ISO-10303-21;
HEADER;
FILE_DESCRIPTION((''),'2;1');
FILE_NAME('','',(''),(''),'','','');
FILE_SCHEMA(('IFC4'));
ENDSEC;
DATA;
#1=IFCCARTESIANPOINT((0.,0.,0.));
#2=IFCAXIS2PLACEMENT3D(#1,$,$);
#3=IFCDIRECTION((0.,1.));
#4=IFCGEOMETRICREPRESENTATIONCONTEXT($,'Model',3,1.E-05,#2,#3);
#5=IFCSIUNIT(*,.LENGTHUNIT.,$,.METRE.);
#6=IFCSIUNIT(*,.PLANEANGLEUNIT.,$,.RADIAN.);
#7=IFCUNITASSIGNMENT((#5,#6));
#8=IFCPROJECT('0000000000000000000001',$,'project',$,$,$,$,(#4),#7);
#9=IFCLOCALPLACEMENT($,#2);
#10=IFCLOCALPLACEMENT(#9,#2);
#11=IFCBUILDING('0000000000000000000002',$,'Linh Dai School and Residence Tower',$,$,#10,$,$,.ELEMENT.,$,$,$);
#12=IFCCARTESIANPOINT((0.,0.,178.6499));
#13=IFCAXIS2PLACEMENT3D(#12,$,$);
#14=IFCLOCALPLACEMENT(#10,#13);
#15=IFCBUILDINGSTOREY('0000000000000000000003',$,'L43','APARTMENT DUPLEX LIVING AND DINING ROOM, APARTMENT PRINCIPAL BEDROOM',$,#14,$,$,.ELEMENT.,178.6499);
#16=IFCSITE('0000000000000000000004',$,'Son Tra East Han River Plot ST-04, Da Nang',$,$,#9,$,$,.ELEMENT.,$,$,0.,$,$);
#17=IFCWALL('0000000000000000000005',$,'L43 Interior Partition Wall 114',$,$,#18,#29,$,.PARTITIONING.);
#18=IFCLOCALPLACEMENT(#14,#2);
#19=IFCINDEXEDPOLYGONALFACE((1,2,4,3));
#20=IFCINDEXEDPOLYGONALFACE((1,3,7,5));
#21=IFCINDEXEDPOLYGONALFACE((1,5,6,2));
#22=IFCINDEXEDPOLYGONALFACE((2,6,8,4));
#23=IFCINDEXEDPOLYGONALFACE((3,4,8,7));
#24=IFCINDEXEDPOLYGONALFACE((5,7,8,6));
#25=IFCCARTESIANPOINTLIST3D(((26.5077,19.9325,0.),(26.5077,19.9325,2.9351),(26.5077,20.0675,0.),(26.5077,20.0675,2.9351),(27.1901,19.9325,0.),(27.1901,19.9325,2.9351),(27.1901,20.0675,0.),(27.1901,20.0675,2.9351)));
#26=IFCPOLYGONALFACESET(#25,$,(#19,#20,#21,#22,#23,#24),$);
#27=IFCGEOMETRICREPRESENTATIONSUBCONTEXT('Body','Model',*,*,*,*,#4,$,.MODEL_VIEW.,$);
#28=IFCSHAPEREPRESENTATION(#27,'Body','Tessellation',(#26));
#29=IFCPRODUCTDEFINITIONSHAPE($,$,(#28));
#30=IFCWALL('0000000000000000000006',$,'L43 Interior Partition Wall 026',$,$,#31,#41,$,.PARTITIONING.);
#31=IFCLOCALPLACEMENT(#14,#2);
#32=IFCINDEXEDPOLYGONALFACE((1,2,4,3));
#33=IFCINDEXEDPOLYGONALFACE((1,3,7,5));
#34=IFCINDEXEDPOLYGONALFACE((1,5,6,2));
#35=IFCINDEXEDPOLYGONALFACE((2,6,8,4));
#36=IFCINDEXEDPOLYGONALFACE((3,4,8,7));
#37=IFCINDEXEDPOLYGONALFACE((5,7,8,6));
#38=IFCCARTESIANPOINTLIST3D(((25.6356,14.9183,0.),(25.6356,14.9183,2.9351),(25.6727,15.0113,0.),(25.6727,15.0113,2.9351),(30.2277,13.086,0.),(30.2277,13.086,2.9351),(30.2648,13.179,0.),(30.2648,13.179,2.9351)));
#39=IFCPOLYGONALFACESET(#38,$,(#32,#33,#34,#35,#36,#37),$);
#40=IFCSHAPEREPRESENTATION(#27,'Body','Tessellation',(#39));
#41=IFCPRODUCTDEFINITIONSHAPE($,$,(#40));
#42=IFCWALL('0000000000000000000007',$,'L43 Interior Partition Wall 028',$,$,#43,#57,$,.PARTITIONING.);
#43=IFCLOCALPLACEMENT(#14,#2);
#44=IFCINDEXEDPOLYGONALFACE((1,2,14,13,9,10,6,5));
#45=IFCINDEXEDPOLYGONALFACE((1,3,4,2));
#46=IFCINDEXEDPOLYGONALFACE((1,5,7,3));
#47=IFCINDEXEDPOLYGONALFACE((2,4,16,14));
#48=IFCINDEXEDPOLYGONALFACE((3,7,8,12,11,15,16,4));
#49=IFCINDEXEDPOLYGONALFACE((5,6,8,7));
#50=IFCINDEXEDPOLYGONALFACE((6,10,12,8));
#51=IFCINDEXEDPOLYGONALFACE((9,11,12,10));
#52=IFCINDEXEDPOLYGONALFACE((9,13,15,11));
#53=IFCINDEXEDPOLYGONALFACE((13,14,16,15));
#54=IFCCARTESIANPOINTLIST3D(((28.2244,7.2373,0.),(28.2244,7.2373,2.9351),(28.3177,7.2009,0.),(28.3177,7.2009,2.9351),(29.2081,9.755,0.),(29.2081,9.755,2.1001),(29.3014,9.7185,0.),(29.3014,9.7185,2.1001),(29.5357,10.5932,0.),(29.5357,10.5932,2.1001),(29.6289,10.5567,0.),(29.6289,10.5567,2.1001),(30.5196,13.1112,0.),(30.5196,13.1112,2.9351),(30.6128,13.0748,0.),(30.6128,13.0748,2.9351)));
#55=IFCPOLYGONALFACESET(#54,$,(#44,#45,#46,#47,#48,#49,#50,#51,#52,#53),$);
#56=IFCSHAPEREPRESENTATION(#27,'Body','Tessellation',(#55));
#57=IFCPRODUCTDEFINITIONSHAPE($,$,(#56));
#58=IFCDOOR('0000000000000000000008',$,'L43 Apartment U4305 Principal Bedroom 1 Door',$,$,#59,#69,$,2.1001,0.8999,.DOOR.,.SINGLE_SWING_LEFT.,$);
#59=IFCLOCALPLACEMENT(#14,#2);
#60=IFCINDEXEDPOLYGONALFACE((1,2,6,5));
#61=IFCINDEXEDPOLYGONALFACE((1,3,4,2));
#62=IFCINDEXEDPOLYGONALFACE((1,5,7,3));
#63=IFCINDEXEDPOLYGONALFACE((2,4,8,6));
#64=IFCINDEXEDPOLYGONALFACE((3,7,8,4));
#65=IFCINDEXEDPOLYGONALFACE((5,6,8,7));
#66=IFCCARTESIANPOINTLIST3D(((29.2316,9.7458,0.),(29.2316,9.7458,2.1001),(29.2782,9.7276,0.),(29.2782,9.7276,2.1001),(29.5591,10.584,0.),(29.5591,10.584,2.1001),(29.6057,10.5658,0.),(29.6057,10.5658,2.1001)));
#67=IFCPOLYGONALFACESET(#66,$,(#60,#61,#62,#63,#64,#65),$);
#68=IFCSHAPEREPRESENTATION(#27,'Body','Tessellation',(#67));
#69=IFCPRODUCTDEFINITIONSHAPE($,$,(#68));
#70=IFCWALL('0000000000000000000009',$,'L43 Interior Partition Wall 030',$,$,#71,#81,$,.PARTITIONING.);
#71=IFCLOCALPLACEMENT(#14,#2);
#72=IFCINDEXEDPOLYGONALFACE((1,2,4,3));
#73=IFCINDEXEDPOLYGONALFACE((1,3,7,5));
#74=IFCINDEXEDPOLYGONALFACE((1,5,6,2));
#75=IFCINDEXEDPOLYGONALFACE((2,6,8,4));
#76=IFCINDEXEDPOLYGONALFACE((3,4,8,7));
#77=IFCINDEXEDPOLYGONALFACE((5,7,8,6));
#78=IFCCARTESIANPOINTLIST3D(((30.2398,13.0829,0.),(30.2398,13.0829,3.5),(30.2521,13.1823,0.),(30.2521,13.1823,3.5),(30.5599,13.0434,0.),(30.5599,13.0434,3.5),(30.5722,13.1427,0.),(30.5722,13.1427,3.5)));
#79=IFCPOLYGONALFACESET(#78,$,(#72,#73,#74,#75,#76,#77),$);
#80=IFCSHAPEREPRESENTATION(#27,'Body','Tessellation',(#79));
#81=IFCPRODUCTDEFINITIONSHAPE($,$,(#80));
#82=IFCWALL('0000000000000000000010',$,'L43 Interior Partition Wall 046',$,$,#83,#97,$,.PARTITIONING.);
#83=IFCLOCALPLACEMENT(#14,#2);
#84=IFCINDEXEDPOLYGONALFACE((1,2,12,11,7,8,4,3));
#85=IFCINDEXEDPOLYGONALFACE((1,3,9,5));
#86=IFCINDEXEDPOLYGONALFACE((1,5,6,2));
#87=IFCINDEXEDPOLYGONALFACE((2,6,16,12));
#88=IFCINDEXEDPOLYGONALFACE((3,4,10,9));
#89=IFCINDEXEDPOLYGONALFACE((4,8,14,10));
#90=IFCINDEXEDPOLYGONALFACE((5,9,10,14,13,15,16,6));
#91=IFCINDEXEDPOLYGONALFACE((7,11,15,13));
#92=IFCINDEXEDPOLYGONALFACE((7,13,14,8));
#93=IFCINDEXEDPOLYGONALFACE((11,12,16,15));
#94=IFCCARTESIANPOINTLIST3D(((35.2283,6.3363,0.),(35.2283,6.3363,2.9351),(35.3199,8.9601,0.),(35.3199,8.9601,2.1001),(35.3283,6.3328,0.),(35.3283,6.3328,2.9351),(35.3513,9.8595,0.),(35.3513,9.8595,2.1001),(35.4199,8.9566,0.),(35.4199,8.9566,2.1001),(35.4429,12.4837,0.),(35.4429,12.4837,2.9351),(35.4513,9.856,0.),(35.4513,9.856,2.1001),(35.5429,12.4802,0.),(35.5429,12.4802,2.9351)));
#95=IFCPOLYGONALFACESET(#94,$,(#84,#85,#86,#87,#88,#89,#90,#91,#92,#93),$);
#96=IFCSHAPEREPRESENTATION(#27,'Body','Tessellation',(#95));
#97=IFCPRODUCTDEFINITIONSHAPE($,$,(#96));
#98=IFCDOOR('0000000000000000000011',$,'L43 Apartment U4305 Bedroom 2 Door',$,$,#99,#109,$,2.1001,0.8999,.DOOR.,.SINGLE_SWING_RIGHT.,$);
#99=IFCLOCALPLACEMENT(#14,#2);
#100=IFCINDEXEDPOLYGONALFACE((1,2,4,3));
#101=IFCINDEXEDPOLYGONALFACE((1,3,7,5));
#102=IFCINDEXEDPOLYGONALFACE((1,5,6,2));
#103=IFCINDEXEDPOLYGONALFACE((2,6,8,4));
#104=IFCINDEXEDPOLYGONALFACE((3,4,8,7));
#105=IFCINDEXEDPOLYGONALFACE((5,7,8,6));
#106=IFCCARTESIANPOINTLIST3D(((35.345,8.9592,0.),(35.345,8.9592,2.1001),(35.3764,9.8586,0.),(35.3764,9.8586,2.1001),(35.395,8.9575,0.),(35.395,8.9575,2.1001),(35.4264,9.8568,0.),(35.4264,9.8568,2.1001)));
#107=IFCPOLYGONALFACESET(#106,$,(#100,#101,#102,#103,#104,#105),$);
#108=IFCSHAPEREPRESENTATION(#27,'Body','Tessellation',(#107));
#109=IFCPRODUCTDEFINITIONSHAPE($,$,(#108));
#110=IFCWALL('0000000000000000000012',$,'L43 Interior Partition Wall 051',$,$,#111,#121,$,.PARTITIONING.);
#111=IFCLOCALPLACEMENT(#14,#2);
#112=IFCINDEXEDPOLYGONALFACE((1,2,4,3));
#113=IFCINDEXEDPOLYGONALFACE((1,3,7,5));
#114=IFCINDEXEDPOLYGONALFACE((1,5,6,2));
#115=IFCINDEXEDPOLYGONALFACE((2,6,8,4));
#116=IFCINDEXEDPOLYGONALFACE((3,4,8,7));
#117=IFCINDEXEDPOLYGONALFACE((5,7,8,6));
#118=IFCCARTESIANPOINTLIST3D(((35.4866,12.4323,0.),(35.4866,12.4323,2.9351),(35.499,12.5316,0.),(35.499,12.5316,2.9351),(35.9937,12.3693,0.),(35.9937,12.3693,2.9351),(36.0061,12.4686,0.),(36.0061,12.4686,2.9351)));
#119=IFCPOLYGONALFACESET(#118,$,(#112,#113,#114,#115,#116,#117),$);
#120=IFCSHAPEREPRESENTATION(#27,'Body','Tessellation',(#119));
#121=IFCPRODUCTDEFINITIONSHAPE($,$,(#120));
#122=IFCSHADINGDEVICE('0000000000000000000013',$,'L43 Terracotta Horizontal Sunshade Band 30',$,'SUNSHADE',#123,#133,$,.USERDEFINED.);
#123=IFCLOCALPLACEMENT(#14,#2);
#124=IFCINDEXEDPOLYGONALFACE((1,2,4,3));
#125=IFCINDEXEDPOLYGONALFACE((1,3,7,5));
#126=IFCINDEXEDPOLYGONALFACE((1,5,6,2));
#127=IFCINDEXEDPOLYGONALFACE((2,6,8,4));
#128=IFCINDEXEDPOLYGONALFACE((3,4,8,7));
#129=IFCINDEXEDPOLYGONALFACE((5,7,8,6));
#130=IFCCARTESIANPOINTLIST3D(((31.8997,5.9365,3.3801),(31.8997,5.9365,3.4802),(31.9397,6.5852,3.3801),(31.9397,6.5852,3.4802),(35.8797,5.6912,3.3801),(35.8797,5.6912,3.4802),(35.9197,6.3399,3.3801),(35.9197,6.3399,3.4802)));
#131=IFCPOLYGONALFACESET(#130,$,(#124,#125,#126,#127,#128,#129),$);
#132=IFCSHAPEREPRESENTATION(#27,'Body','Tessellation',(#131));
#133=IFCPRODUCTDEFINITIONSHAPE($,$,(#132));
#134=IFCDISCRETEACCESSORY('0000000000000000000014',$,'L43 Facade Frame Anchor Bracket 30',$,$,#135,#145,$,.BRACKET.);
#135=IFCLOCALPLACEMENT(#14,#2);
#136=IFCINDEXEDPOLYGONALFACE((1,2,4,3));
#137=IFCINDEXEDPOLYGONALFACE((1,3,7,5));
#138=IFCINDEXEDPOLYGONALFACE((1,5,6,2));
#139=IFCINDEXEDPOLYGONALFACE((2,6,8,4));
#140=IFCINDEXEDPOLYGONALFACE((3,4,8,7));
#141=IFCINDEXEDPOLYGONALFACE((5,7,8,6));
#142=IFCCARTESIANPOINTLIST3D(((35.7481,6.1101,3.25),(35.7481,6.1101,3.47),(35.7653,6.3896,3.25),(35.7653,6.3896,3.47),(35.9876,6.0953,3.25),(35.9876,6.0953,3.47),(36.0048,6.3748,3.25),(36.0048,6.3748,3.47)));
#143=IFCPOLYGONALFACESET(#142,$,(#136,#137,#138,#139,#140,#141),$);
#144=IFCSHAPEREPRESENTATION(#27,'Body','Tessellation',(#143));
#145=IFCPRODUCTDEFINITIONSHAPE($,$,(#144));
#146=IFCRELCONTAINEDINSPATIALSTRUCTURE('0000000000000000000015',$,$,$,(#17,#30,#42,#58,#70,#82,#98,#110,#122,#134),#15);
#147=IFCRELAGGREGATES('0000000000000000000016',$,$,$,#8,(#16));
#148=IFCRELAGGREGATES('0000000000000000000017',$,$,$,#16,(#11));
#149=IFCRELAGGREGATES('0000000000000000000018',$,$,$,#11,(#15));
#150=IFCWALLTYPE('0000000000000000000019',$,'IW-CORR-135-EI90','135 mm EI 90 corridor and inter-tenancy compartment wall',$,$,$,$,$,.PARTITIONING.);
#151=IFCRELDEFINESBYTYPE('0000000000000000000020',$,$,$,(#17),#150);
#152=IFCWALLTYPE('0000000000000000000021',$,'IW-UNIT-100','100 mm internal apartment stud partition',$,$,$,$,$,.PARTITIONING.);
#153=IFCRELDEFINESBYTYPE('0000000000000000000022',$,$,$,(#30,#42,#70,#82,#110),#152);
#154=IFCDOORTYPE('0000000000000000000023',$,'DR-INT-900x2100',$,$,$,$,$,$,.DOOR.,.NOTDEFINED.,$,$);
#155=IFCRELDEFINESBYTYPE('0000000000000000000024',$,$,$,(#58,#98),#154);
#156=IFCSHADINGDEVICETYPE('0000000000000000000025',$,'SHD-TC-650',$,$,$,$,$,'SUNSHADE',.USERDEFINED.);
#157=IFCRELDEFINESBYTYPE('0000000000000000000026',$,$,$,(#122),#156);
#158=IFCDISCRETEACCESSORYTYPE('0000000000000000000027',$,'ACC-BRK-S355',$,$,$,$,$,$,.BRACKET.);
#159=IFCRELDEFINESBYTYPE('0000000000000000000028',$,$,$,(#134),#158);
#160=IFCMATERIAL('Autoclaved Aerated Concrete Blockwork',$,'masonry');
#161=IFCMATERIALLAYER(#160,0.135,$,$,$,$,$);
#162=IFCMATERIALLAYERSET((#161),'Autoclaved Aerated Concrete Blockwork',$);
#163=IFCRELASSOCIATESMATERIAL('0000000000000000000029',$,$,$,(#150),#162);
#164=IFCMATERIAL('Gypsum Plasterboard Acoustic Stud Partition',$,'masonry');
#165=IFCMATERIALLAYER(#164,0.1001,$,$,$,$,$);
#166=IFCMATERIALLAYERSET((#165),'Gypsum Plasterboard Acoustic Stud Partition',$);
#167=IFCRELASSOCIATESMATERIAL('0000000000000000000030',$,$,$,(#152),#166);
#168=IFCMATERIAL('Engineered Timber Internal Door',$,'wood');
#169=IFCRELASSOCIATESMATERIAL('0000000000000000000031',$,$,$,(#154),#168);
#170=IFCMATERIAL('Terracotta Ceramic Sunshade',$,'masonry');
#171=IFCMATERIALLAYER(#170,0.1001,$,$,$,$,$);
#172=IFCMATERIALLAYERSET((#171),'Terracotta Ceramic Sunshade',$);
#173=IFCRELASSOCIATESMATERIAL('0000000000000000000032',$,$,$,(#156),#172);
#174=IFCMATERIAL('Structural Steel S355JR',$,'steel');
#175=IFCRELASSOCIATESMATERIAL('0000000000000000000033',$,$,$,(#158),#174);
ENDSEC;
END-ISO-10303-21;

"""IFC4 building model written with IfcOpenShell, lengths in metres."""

from ifc_helpers import new_model, si_unit, direction, frame, frame_2d, origin, origin_2d, place, context, subcontext, project, spatial, rectangle, extrude, source, transform, mapped, material, layer, layer_set, type_object, element, fill, save


model = new_model("IFC4")

# Units and contexts
model_context = context("Model", 3, precision=1e-05, world=origin(), true_north=direction((0.0, 1.0)))
body_context = subcontext(model_context, "Body", "Model", "MODEL_VIEW")
ifc_project = project(units=[si_unit("LENGTHUNIT", "METRE"), si_unit("PLANEANGLEUNIT", "RADIAN")], contexts=[model_context])

# Site, building, storey
site_placement = place(None, origin())
site = spatial("IfcSite", under=ifc_project, at=site_placement, Name="Son Tra East Han River Plot ST-04, Da Nang", CompositionType="ELEMENT", RefElevation=0.0)
building_placement = place(site_placement, origin())
building = spatial("IfcBuilding", under=site, at=building_placement, Name="Linh Dai School and Residence Tower", CompositionType="ELEMENT")
storey_placement = place(building_placement, frame((0.0, 0.0, 178.6499)))
storey = spatial("IfcBuildingStorey", under=building, at=storey_placement, Name="L43", Description="APARTMENT DUPLEX LIVING AND DINING ROOM, APARTMENT PRINCIPAL BEDROOM", CompositionType="ELEMENT", Elevation=178.6499)

# Shared definitions
ifc_material_1 = material(Name="Structural Steel S355JR", Category="steel")

# Shared definitions
ifc_material_2 = material(Name="Autoclaved Aerated Concrete Blockwork", Category="masonry")
ifc_layer_1 = layer(ifc_material_2, 0.135)
ifc_layer_set_1 = layer_set([ifc_layer_1], Name="Autoclaved Aerated Concrete Blockwork")
wall_type_1 = type_object("IfcWallType", Name="IW-CORR-135-EI90", Description="135 mm EI 90 corridor and inter-tenancy compartment wall", PredefinedType="PARTITIONING", material=ifc_layer_set_1)

# Wall
wall_1_placement = place(storey_placement, frame((26.5076, 20.0, 0.0), z_axis=(0.0, 0.0, 1.0), x_axis=(1.0, 0.0, 0.0)))
element("IfcWall", 1, at=wall_1_placement, inside=storey, type_object=wall_type_1, Name="L43 Interior Partition Wall 114", PredefinedType="PARTITIONING", context=body_context, shape_type="SweptSolid", body=[
    extrude(rectangle(XDim=0.6824, YDim=0.135, at=frame_2d((0.3413, 0.0))), origin(), (0.0, 0.0, 1.0), 2.9351),
])

# Wall
ifc_material_3 = material(Name="Gypsum Plasterboard Acoustic Stud Partition", Category="masonry")
ifc_layer_2 = layer(ifc_material_3, 0.1001)
ifc_layer_set_2 = layer_set([ifc_layer_2], Name="Gypsum Plasterboard Acoustic Stud Partition")
wall_type_2 = type_object("IfcWallType", Name="IW-UNIT-100", Description="100 mm internal apartment stud partition", PredefinedType="PARTITIONING", material=ifc_layer_set_2)
wall_2_placement = place(storey_placement, frame((25.6541, 14.9648, 0.0), z_axis=(0.0, 0.0, 1.0), x_axis=(0.928793, -0.370599, 0.0)))
element("IfcWall", 2, at=wall_2_placement, inside=storey, type_object=wall_type_2, Name="L43 Interior Partition Wall 026", PredefinedType="PARTITIONING", context=body_context, shape_type="SweptSolid", body=[
    extrude(rectangle(XDim=4.9441, YDim=0.1001, at=frame_2d((2.4722, 0.0))), origin(), (0.0, 0.0, 1.0), 2.9351),
])

# Wall, opening, door
wall_3_placement = place(storey_placement, frame((28.271, 7.219, 0.0), z_axis=(0.0, 0.0, 1.0), x_axis=(0.363937, 0.931424, 0.0)))
wall_3 = element("IfcWall", 3, at=wall_3_placement, inside=storey, type_object=wall_type_2, Name="L43 Interior Partition Wall 028", PredefinedType="PARTITIONING", context=body_context, shape_type="SweptSolid", body=[
    extrude(rectangle(XDim=6.3064, YDim=0.1001, at=frame_2d((3.1533, 0.0))), origin(), (0.0, 0.0, 1.0), 2.9351),
])
opening_1_placement = place(wall_3_placement, frame((2.7031, 0.0, 0.0)))
opening_1 = element("IfcOpeningElement", 4, at=opening_1_placement, cuts=wall_3, PredefinedType="OPENING", context=body_context, shape_type="SweptSolid", body=[
    extrude(rectangle(XDim=0.8999, YDim=2.1001, at=origin_2d()), frame((0.45, 0.0601, 1.05), z_axis=(0.0, -1.0, 0.0), x_axis=(1.0, 0.0, 0.0)), (0.0, 0.0, 1.0), 0.1201),
])
ifc_material_4 = material(Name="Engineered Timber Internal Door", Category="wood")
door_type_1 = type_object("IfcDoorType", Name="DR-INT-900x2100", OperationType="NOTDEFINED", PredefinedType="DOOR", material=ifc_material_4)
shared_shape_1 = source(origin(), body_context, "Body", "SweptSolid", [
    extrude(rectangle(XDim=0.8999, YDim=2.1001, at=origin_2d()), frame((0.45, 0.0249, 1.05), z_axis=(0.0, -1.0, 0.0), x_axis=(1.0, 0.0, 0.0)), (0.0, 0.0, 1.0), 0.05),
])
door_1_placement = place(opening_1_placement, origin())
door_1 = element("IfcDoor", 5, at=door_1_placement, inside=storey, type_object=door_type_1, Name="L43 Apartment U4305 Principal Bedroom 1 Door", OperationType="SINGLE_SWING_LEFT", OverallHeight=2.1001, OverallWidth=0.8999, PredefinedType="DOOR", context=body_context, shape_type="MappedRepresentation", body=[
    mapped(shared_shape_1, transform((0.0, 0.0, 0.0), x_axis=(1.0, 0.0, 0.0), y_axis=(0.0, 1.0, 0.0), z_axis=(0.0, 0.0, 1.0), scale=1.0)),
])
fill(opening_1, door_1)

# Wall
wall_4_placement = place(storey_placement, frame((30.2461, 13.1326, 0.0), z_axis=(0.0, 0.0, 1.0), x_axis=(0.992452, -0.122637, 0.0)))
element("IfcWall", 6, at=wall_4_placement, inside=storey, type_object=wall_type_2, Name="L43 Interior Partition Wall 030", PredefinedType="PARTITIONING", context=body_context, shape_type="SweptSolid", body=[
    extrude(rectangle(XDim=0.3225, YDim=0.1001, at=frame_2d((0.1611, 0.0))), origin(), (0.0, 0.0, 1.0), 3.5),
])

# Wall, opening, door
wall_5_placement = place(storey_placement, frame((35.2783, 6.3345, 0.0), z_axis=(0.0, 0.0, 1.0), x_axis=(0.034887, 0.999391, 0.0)))
wall_5 = element("IfcWall", 7, at=wall_5_placement, inside=storey, type_object=wall_type_2, Name="L43 Interior Partition Wall 046", PredefinedType="PARTITIONING", context=body_context, shape_type="SweptSolid", body=[
    extrude(rectangle(XDim=6.1511, YDim=0.1001, at=frame_2d((3.0757, 0.0))), origin(), (0.0, 0.0, 1.0), 2.9351),
])
opening_2_placement = place(wall_5_placement, frame((2.6255, 0.0, 0.0)))
opening_2 = element("IfcOpeningElement", 8, at=opening_2_placement, cuts=wall_5, PredefinedType="OPENING", context=body_context, shape_type="SweptSolid", body=[
    extrude(rectangle(XDim=0.8999, YDim=2.1001, at=origin_2d()), frame((0.45, 0.0601, 1.05), z_axis=(0.0, -1.0, 0.0), x_axis=(1.0, 0.0, 0.0)), (0.0, 0.0, 1.0), 0.1201),
])
door_2_placement = place(opening_2_placement, origin())
door_2 = element("IfcDoor", 9, at=door_2_placement, inside=storey, type_object=door_type_1, Name="L43 Apartment U4305 Bedroom 2 Door", OperationType="SINGLE_SWING_RIGHT", OverallHeight=2.1001, OverallWidth=0.8999, PredefinedType="DOOR", context=body_context, shape_type="MappedRepresentation", body=[
    mapped(shared_shape_1, transform((0.0, 0.0, 0.0), x_axis=(1.0, 0.0, 0.0), y_axis=(0.0, 1.0, 0.0), z_axis=(0.0, 0.0, 1.0), scale=1.0)),
])
fill(opening_2, door_2)

# Wall
wall_6_placement = place(storey_placement, frame((35.4929, 12.4819, 0.0), z_axis=(0.0, 0.0, 1.0), x_axis=(0.992373, -0.12327, 0.0)))
element("IfcWall", 10, at=wall_6_placement, inside=storey, type_object=wall_type_2, Name="L43 Interior Partition Wall 051", PredefinedType="PARTITIONING", context=body_context, shape_type="SweptSolid", body=[
    extrude(rectangle(XDim=0.511, YDim=0.1001, at=frame_2d((0.2554, 0.0))), origin(), (0.0, 0.0, 1.0), 2.9351),
])

# Shading device
ifc_material_5 = material(Name="Terracotta Ceramic Sunshade", Category="masonry")
ifc_layer_3 = layer(ifc_material_5, 0.1001)
ifc_layer_set_3 = layer_set([ifc_layer_3], Name="Terracotta Ceramic Sunshade")
shading_device_type = type_object("IfcShadingDeviceType", Name="SHD-TC-650", ElementType="SUNSHADE", PredefinedType="USERDEFINED", material=ifc_layer_set_3)
shared_shape_2 = source(origin(), body_context, "Body", "SweptSolid", [
    extrude(rectangle(XDim=3.9875, YDim=0.6499, at=origin_2d()), origin(), (0.0, 0.0, 1.0), 0.1001),
])
shading_device_placement = place(storey_placement, frame((33.9097, 6.1382, 3.3801), z_axis=(0.0, 0.0, 1.0), x_axis=(-0.998106, 0.061512, 0.0)))
element("IfcShadingDevice", 11, at=shading_device_placement, inside=storey, type_object=shading_device_type, Name="L43 Terracotta Horizontal Sunshade Band 30", ObjectType="SUNSHADE", PredefinedType="USERDEFINED", context=body_context, shape_type="MappedRepresentation", body=[
    mapped(shared_shape_2, transform((0.0, 0.0, 0.0), x_axis=(1.0, 0.0, 0.0), y_axis=(0.0, 1.0, 0.0), z_axis=(0.0, 0.0, 1.0), scale=1.0)),
])

# Discrete accessory
discrete_accessory_type = type_object("IfcDiscreteAccessoryType", Name="ACC-BRK-S355", PredefinedType="BRACKET", material=ifc_material_1)
shared_shape_3 = source(origin(), body_context, "Body", "SweptSolid", [
    extrude(rectangle(XDim=0.28, YDim=0.24, at=origin_2d()), origin(), (0.0, 0.0, 1.0), 0.22),
])
discrete_accessory_placement = place(storey_placement, frame((35.8765, 6.2424, 3.25), z_axis=(0.0, 0.0, 1.0), x_axis=(-0.061512, -0.998106, 0.0)))
element("IfcDiscreteAccessory", 12, at=discrete_accessory_placement, inside=storey, type_object=discrete_accessory_type, Name="L43 Facade Frame Anchor Bracket 30", PredefinedType="BRACKET", context=body_context, shape_type="MappedRepresentation", body=[
    mapped(shared_shape_3, transform((0.0, 0.0, 0.0), x_axis=(1.0, 0.0, 0.0), y_axis=(0.0, 1.0, 0.0), z_axis=(0.0, 0.0, 1.0), scale=1.0)),
])

save(model, "model.ifc")
